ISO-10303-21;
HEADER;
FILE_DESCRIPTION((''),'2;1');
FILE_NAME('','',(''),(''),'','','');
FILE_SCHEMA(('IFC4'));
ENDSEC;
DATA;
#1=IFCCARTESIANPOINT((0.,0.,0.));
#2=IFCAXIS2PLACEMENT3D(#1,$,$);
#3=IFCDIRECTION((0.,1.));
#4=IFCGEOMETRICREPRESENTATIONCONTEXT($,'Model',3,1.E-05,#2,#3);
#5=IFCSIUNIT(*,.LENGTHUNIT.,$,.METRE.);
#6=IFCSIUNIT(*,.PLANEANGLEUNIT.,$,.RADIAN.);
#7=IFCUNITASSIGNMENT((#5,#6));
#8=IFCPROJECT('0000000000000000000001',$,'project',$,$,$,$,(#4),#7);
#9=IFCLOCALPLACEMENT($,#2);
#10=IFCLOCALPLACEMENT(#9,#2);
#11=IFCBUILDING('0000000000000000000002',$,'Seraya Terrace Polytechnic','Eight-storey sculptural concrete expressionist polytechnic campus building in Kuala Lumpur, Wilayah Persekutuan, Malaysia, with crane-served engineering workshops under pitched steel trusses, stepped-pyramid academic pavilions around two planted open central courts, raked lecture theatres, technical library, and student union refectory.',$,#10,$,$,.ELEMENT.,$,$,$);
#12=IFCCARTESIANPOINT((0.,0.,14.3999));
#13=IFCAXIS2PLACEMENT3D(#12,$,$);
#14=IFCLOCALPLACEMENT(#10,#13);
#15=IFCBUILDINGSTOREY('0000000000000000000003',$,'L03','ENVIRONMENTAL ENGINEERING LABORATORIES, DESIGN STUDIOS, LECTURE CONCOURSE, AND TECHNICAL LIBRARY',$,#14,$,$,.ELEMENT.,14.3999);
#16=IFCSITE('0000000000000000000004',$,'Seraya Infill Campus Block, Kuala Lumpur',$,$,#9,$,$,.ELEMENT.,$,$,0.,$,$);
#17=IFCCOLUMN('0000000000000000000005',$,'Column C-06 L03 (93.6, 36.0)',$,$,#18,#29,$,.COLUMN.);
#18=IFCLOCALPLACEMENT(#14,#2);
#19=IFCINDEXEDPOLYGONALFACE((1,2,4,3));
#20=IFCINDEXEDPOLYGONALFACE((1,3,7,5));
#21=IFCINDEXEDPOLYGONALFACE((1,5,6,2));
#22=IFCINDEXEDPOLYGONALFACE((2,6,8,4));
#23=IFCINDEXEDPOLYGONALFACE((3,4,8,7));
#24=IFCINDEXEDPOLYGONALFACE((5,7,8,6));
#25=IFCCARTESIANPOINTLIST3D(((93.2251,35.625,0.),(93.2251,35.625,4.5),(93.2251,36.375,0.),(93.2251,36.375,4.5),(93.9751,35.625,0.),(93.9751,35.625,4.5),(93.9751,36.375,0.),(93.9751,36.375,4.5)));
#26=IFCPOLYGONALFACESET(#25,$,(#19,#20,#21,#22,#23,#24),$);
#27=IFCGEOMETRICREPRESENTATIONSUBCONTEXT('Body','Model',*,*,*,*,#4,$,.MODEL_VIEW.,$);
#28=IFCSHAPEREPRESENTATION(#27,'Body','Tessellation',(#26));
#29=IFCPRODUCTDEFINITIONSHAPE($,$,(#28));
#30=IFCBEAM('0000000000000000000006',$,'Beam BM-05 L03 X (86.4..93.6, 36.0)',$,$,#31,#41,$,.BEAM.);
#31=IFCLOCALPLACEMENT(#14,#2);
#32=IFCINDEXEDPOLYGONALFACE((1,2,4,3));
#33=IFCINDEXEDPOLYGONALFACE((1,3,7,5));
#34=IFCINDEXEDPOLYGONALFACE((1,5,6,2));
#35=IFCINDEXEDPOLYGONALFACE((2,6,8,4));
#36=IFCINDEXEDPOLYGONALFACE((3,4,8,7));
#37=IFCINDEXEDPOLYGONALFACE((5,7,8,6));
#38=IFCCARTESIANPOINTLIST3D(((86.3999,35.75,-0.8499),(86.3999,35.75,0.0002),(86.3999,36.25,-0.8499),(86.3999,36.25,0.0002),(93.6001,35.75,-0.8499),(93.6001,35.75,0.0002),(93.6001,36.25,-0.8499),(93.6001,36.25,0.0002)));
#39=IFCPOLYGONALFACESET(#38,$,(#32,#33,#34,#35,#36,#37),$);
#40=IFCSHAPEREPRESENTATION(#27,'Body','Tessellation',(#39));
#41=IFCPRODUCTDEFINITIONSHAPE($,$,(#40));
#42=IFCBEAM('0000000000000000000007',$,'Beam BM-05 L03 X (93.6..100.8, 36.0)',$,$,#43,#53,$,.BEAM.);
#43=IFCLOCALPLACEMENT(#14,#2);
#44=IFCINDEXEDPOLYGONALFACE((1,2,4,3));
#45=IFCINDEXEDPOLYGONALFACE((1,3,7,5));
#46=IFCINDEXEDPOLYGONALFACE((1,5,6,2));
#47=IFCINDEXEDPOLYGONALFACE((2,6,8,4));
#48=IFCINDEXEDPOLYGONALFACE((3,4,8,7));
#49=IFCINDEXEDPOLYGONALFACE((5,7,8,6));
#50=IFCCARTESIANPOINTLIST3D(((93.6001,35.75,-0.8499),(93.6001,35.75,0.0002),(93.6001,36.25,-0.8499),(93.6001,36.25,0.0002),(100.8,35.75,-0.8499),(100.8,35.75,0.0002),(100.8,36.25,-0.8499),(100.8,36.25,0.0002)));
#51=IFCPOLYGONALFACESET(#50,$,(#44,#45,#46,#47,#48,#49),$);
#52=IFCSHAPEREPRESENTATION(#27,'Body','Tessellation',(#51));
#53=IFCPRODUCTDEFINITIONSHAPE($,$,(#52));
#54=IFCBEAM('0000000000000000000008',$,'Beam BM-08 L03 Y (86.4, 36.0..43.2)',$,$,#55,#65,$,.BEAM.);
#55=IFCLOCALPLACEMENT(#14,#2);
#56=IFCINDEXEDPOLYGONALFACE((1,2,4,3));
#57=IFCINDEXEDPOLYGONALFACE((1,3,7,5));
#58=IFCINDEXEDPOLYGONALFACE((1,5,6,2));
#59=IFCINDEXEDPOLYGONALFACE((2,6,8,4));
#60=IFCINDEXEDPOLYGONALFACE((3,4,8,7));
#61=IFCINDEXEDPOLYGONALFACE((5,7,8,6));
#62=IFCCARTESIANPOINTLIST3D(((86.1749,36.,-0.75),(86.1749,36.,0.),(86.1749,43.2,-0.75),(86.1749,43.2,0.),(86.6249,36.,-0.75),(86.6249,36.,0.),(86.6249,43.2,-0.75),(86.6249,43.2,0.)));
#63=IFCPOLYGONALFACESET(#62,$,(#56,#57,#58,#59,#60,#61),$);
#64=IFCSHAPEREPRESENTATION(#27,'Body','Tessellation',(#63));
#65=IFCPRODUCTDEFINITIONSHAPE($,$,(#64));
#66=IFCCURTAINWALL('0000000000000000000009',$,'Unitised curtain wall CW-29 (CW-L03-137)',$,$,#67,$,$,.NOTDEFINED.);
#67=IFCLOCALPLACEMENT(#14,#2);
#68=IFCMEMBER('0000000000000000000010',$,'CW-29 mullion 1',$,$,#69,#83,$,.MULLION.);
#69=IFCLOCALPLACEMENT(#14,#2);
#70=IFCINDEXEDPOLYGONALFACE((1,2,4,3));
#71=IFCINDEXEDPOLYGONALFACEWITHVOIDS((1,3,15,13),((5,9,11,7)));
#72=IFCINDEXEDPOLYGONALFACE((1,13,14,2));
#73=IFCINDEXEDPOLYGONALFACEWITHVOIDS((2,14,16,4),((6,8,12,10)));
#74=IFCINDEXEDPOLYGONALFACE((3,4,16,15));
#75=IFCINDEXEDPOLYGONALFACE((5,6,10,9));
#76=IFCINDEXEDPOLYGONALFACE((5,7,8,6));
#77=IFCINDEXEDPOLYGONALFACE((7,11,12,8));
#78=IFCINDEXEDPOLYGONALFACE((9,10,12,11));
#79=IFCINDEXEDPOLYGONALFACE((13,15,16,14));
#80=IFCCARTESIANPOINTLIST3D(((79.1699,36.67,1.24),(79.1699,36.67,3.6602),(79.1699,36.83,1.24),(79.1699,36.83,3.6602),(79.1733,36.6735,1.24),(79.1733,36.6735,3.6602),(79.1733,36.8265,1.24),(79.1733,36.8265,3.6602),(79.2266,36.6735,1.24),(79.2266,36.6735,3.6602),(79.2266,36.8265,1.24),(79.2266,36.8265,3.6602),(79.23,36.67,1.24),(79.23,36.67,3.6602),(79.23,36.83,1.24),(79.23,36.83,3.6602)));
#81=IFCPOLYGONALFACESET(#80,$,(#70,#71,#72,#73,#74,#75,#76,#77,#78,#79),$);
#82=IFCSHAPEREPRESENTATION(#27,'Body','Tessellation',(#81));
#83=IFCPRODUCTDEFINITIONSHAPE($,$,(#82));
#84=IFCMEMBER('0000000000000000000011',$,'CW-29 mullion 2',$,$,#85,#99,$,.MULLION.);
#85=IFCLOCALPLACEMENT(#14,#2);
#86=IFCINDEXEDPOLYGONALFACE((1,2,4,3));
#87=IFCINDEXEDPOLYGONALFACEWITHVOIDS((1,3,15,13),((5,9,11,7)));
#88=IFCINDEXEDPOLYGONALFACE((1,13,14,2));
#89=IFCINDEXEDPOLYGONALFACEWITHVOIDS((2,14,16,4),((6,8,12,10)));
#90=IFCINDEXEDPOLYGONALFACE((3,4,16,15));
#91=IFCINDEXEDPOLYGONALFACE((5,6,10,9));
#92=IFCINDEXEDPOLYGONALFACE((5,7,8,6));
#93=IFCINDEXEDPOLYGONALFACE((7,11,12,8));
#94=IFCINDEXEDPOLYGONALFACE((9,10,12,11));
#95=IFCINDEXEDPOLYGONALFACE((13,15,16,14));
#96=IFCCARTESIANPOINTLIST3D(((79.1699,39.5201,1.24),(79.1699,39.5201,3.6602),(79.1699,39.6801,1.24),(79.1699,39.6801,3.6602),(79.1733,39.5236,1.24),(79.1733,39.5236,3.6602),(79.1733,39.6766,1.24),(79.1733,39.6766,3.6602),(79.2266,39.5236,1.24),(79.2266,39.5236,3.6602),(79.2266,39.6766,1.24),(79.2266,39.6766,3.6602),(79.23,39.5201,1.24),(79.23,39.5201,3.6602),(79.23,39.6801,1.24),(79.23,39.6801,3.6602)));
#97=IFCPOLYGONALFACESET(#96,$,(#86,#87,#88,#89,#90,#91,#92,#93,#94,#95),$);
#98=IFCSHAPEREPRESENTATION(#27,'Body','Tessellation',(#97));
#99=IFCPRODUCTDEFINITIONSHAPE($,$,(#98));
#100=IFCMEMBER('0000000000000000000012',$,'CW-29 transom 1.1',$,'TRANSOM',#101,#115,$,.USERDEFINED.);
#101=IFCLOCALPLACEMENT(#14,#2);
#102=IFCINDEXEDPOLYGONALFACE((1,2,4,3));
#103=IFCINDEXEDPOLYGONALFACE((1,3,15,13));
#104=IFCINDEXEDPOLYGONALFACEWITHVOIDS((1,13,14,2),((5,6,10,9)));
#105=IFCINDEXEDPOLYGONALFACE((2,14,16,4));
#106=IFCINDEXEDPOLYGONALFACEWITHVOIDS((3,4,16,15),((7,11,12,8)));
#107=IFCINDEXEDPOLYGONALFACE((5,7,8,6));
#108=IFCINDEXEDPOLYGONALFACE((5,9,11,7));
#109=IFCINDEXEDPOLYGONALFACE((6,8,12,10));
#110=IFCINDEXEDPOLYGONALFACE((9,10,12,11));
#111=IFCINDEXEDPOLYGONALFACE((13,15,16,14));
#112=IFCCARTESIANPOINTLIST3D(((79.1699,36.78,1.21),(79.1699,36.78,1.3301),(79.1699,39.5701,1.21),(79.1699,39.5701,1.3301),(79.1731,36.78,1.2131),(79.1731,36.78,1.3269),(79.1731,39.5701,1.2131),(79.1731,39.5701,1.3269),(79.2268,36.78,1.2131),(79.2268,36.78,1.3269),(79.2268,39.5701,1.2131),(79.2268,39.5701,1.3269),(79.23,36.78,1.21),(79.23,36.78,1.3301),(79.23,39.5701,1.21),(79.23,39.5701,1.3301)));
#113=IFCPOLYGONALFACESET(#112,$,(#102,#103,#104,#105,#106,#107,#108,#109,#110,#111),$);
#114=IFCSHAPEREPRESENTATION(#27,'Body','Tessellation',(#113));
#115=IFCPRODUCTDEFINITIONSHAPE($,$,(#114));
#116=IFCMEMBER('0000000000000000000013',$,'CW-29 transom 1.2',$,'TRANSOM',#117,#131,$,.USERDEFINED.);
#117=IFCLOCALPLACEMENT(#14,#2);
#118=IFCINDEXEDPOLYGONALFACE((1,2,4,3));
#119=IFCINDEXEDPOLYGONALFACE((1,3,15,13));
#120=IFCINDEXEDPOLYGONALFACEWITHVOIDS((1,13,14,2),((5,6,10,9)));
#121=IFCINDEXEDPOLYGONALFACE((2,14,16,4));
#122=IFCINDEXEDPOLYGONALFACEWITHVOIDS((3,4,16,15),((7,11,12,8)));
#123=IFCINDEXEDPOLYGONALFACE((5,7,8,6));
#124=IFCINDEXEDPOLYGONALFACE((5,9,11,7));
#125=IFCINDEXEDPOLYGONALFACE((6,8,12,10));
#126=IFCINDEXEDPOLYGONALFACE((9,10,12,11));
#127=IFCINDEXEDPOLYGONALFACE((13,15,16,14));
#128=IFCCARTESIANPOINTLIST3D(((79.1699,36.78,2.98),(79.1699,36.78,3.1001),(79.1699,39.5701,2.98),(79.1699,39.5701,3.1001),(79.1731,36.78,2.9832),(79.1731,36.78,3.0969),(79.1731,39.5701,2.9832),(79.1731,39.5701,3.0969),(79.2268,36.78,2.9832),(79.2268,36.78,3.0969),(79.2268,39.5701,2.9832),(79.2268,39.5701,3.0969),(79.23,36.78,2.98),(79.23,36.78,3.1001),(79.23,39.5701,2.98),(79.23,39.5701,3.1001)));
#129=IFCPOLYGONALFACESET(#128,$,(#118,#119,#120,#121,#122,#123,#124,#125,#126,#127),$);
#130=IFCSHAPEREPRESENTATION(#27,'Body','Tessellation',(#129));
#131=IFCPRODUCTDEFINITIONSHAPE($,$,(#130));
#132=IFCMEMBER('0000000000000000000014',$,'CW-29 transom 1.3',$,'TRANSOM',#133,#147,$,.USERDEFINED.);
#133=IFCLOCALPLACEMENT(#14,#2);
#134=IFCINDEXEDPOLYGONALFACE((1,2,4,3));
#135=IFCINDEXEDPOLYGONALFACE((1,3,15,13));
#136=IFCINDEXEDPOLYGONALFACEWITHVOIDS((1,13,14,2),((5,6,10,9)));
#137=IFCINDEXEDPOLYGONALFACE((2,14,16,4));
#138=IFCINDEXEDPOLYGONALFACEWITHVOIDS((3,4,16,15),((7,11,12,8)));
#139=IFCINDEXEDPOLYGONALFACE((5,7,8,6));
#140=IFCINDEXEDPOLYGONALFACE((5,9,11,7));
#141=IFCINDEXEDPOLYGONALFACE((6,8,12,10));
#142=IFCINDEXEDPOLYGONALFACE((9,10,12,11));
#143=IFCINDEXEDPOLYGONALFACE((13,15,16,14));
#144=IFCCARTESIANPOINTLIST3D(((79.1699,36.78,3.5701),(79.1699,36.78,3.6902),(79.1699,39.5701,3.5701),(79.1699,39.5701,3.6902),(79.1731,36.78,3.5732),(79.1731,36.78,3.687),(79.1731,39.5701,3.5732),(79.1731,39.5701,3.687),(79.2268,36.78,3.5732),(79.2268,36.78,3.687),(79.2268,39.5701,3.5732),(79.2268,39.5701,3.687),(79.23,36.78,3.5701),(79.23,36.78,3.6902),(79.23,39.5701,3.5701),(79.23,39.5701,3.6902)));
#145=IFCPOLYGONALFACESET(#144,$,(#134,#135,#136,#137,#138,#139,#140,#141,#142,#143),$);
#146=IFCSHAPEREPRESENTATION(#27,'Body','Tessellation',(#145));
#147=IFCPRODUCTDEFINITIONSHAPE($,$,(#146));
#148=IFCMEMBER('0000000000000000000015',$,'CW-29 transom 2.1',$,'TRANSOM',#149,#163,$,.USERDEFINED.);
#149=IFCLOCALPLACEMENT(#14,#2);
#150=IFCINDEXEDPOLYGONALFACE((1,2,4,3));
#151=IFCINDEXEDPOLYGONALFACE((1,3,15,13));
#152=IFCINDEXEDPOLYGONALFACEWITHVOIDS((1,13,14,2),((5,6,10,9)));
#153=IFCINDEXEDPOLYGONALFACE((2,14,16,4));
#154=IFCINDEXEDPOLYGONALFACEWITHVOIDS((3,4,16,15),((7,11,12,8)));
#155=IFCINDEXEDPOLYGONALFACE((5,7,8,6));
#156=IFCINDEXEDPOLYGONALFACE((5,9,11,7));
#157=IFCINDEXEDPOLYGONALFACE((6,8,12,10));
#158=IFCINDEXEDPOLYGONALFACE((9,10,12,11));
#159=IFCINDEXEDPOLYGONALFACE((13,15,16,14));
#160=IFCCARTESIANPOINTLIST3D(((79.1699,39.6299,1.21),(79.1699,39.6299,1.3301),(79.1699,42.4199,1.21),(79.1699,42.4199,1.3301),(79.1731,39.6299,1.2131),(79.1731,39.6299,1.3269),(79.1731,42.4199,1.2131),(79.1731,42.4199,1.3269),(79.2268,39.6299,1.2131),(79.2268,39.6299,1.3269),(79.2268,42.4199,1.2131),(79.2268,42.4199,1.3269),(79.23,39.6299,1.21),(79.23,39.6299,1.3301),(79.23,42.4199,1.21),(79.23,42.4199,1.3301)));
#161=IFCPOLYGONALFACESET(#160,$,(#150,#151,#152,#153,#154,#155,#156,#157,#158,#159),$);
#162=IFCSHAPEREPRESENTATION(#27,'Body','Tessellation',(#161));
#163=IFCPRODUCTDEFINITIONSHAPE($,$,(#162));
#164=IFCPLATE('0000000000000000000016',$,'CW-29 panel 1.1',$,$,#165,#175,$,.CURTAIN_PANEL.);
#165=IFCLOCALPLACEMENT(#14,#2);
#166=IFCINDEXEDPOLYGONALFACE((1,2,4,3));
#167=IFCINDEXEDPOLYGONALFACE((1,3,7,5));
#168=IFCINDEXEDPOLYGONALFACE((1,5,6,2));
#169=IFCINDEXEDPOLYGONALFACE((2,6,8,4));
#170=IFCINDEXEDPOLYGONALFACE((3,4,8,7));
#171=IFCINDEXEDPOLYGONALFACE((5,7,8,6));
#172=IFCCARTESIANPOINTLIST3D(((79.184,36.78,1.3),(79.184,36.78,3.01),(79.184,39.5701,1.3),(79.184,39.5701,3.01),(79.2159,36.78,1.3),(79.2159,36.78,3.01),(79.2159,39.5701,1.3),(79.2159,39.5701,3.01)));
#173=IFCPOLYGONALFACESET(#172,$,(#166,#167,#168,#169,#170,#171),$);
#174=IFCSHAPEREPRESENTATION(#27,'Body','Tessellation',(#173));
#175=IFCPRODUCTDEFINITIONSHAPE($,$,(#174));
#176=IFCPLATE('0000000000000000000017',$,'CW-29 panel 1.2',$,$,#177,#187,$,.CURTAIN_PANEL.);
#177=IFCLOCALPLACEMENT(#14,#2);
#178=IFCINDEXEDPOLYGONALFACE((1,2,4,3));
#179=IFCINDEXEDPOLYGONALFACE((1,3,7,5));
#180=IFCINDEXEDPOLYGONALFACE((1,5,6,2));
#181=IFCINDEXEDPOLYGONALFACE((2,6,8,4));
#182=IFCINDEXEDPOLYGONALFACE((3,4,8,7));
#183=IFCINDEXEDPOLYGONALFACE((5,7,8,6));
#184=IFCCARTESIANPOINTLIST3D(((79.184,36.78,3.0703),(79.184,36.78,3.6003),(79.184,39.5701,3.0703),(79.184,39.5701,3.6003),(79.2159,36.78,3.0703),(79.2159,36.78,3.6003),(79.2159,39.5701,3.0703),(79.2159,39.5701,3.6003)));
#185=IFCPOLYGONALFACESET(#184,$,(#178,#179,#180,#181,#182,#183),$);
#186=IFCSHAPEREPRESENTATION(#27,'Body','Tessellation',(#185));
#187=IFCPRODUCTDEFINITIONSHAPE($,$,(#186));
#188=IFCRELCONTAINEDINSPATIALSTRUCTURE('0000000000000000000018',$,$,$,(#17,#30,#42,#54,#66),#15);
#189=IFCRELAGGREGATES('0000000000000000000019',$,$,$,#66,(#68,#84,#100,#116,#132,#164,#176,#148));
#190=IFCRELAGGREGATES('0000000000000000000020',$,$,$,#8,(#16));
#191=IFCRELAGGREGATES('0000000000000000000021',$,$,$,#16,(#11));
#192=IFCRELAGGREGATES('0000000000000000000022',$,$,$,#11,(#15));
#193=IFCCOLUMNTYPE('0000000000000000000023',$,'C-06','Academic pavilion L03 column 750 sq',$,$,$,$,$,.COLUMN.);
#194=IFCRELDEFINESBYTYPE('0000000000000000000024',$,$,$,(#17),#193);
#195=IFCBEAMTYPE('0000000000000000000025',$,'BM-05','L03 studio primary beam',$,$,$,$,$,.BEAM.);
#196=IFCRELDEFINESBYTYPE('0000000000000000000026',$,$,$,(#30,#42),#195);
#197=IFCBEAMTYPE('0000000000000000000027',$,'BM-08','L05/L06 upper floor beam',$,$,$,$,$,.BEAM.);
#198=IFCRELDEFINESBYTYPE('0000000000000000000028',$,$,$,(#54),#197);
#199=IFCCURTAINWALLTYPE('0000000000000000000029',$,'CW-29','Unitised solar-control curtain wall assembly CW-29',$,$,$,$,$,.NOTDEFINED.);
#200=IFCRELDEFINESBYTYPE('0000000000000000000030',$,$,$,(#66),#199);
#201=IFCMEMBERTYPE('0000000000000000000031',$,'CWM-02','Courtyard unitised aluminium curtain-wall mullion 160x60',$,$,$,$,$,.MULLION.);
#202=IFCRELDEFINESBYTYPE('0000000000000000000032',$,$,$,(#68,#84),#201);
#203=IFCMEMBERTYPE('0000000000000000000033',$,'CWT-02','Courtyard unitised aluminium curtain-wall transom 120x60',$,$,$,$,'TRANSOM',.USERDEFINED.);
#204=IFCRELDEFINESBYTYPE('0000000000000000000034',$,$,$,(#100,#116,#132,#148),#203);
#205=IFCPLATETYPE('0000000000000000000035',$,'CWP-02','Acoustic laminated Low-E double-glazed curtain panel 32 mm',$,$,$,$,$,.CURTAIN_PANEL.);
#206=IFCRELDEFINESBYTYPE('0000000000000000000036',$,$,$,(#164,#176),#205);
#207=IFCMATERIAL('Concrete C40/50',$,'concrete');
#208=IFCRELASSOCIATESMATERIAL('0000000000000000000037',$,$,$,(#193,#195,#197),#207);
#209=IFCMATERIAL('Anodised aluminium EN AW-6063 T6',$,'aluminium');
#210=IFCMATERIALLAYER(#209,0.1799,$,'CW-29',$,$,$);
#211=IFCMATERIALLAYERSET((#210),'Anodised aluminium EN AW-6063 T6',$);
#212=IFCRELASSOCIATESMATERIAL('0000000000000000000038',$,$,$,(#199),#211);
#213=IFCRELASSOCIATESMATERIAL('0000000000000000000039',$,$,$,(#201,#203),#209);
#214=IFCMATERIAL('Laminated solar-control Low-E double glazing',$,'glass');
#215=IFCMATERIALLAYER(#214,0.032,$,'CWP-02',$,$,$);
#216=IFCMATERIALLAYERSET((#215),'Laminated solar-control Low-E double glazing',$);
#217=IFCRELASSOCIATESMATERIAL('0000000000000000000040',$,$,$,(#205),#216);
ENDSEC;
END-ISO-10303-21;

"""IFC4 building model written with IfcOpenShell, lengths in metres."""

from ifc_helpers import new_model, si_unit, direction, frame, origin, origin_2d, place, context, subcontext, project, spatial, rectangle, hollow_rectangle, extrude, material, layer, layer_set, material_profile, profile_set, type_object, element, aggregate, save


model = new_model("IFC4")

# Units and contexts
model_context = context("Model", 3, precision=1e-05, world=origin(), true_north=direction((0.0, 1.0)))
body_context = subcontext(model_context, "Body", "Model", "MODEL_VIEW")
ifc_project = project(units=[si_unit("LENGTHUNIT", "METRE"), si_unit("PLANEANGLEUNIT", "RADIAN")], contexts=[model_context])

# Site, building, storey
site_placement = place(None, origin())
site = spatial("IfcSite", under=ifc_project, at=site_placement, Name="Seraya Infill Campus Block, Kuala Lumpur", CompositionType="ELEMENT", RefElevation=0.0)
building_placement = place(site_placement, origin())
building = spatial("IfcBuilding", under=site, at=building_placement, Name="Seraya Terrace Polytechnic", Description="Eight-storey sculptural concrete expressionist polytechnic campus building in Kuala Lumpur, Wilayah Persekutuan, Malaysia, with crane-served engineering workshops under pitched steel trusses, stepped-pyramid academic pavilions around two planted open central courts, raked lecture theatres, technical library, and student union refectory.", CompositionType="ELEMENT")
storey_placement = place(building_placement, frame((0.0, 0.0, 14.3999)))
storey = spatial("IfcBuildingStorey", under=building, at=storey_placement, Name="L03", Description="ENVIRONMENTAL ENGINEERING LABORATORIES, DESIGN STUDIOS, LECTURE CONCOURSE, AND TECHNICAL LIBRARY", CompositionType="ELEMENT", Elevation=14.3999)

# Column
ifc_material_1 = material(Name="Concrete C40/50", Category="concrete")
ifc_material_profile_1 = material_profile(ifc_material_1, rectangle(XDim=0.75, YDim=0.75, at=origin_2d()), Name="RC 750x750")
ifc_profile_set_1 = profile_set([ifc_material_profile_1], Name="Concrete C40/50")
column_type = type_object("IfcColumnType", Name="C-06", Description="Academic pavilion L03 column 750 sq", PredefinedType="COLUMN", material=ifc_profile_set_1)
column_placement = place(storey_placement, frame((93.6001, 36.0, 0.0), z_axis=(0.0, 0.0, 1.0), x_axis=(1.0, 0.0, 0.0)))
element("IfcColumn", 1, at=column_placement, inside=storey, type_object=column_type, Name="Column C-06 L03 (93.6, 36.0)", PredefinedType="COLUMN", context=body_context, shape_type="SweptSolid", body=[
    extrude(rectangle(XDim=0.75, YDim=0.75, at=origin_2d()), origin(), (0.0, 0.0, 1.0), 4.5),
])

# Beams
ifc_material_profile_2 = material_profile(ifc_material_1, rectangle(XDim=0.5, YDim=0.8501, at=origin_2d()), Name="RC 500x850")
ifc_profile_set_2 = profile_set([ifc_material_profile_2], Name="Concrete C40/50")
beam_type_1 = type_object("IfcBeamType", Name="BM-05", Description="L03 studio primary beam", PredefinedType="BEAM", material=ifc_profile_set_2)
beam_1_placement = place(storey_placement, frame((86.3999, 36.0, -0.4248), z_axis=(1.0, 0.0, 0.0), x_axis=(0.0, 1.0, 0.0)))
element("IfcBeam", 2, at=beam_1_placement, inside=storey, type_object=beam_type_1, Name="Beam BM-05 L03 X (86.4..93.6, 36.0)", PredefinedType="BEAM", context=body_context, shape_type="SweptSolid", body=[
    extrude(rectangle(XDim=0.5, YDim=0.8501, at=origin_2d()), origin(), (0.0, 0.0, 1.0), 7.2002),
])
beam_2_placement = place(storey_placement, frame((93.6001, 36.0, -0.4248), z_axis=(1.0, 0.0, 0.0), x_axis=(0.0, 1.0, 0.0)))
element("IfcBeam", 3, at=beam_2_placement, inside=storey, type_object=beam_type_1, Name="Beam BM-05 L03 X (93.6..100.8, 36.0)", PredefinedType="BEAM", context=body_context, shape_type="SweptSolid", body=[
    extrude(rectangle(XDim=0.5, YDim=0.8501, at=origin_2d()), origin(), (0.0, 0.0, 1.0), 7.2),
])
ifc_material_profile_3 = material_profile(ifc_material_1, rectangle(XDim=0.45, YDim=0.75, at=origin_2d()), Name="RC 450x750")
ifc_profile_set_3 = profile_set([ifc_material_profile_3], Name="Concrete C40/50")
beam_type_2 = type_object("IfcBeamType", Name="BM-08", Description="L05/L06 upper floor beam", PredefinedType="BEAM", material=ifc_profile_set_3)
beam_3_placement = place(storey_placement, frame((86.3999, 36.0, -0.375), z_axis=(0.0, 1.0, 0.0), x_axis=(-1.0, 0.0, 0.0)))
element("IfcBeam", 4, at=beam_3_placement, inside=storey, type_object=beam_type_2, Name="Beam BM-08 L03 Y (86.4, 36.0..43.2)", PredefinedType="BEAM", context=body_context, shape_type="SweptSolid", body=[
    extrude(rectangle(XDim=0.45, YDim=0.75, at=origin_2d()), origin(), (0.0, 0.0, 1.0), 7.2),
])

# Curtain wall, members, plates
ifc_material_2 = material(Name="Anodised aluminium EN AW-6063 T6", Category="aluminium")
ifc_layer_1 = layer(ifc_material_2, 0.1799, Name="CW-29")
ifc_layer_set_1 = layer_set([ifc_layer_1], Name="Anodised aluminium EN AW-6063 T6")
curtain_wall_type = type_object("IfcCurtainWallType", Name="CW-29", Description="Unitised solar-control curtain wall assembly CW-29", PredefinedType="NOTDEFINED", material=ifc_layer_set_1)
curtain_wall_placement = place(storey_placement, origin())
curtain_wall = element("IfcCurtainWall", 5, at=curtain_wall_placement, inside=storey, type_object=curtain_wall_type, Name="Unitised curtain wall CW-29 (CW-L03-137)", PredefinedType="NOTDEFINED")
ifc_material_profile_4 = material_profile(ifc_material_2, hollow_rectangle(XDim=0.0601, YDim=0.1599, WallThickness=0.0034, at=origin_2d()), Name="RHS 160x60x3.5")
ifc_profile_set_4 = profile_set([ifc_material_profile_4], Name="Anodised aluminium EN AW-6063 T6")
member_type_1 = type_object("IfcMemberType", Name="CWM-02", Description="Courtyard unitised aluminium curtain-wall mullion 160x60", PredefinedType="MULLION", material=ifc_profile_set_4)
member_1_placement = place(storey_placement, frame((79.2, 36.75, 1.24), z_axis=(0.0, 0.0, 1.0), x_axis=(-1.0, 0.0, 0.0)))
member_1 = element("IfcMember", 6, at=member_1_placement, type_object=member_type_1, Name="CW-29 mullion 1", PredefinedType="MULLION", context=body_context, shape_type="SweptSolid", body=[
    extrude(hollow_rectangle(XDim=0.0601, YDim=0.1599, WallThickness=0.0034, at=origin_2d()), origin(), (0.0, 0.0, 1.0), 2.4202),
])
member_2_placement = place(storey_placement, frame((79.2, 39.6001, 1.24), z_axis=(0.0, 0.0, 1.0), x_axis=(-1.0, 0.0, 0.0)))
member_2 = element("IfcMember", 7, at=member_2_placement, type_object=member_type_1, Name="CW-29 mullion 2", PredefinedType="MULLION", context=body_context, shape_type="SweptSolid", body=[
    extrude(hollow_rectangle(XDim=0.0601, YDim=0.1599, WallThickness=0.0034, at=origin_2d()), origin(), (0.0, 0.0, 1.0), 2.4202),
])
ifc_material_profile_5 = material_profile(ifc_material_2, hollow_rectangle(XDim=0.0601, YDim=0.1201, WallThickness=0.0032, at=origin_2d()), Name="RHS 120x60x3.2")
ifc_profile_set_5 = profile_set([ifc_material_profile_5], Name="Anodised aluminium EN AW-6063 T6")
member_type_2 = type_object("IfcMemberType", Name="CWT-02", Description="Courtyard unitised aluminium curtain-wall transom 120x60", ElementType="TRANSOM", PredefinedType="USERDEFINED", material=ifc_profile_set_5)
member_3_placement = place(storey_placement, frame((79.2, 36.78, 1.27), z_axis=(0.0, 1.0, 0.0), x_axis=(-1.0, 0.0, 0.0)))
member_3 = element("IfcMember", 8, at=member_3_placement, type_object=member_type_2, Name="CW-29 transom 1.1", ObjectType="TRANSOM", PredefinedType="USERDEFINED", context=body_context, shape_type="SweptSolid", body=[
    extrude(hollow_rectangle(XDim=0.0601, YDim=0.1201, WallThickness=0.0032, at=origin_2d()), origin(), (0.0, 0.0, 1.0), 2.79),
])
member_4_placement = place(storey_placement, frame((79.2, 36.78, 3.04), z_axis=(0.0, 1.0, 0.0), x_axis=(-1.0, 0.0, 0.0)))
member_4 = element("IfcMember", 9, at=member_4_placement, type_object=member_type_2, Name="CW-29 transom 1.2", ObjectType="TRANSOM", PredefinedType="USERDEFINED", context=body_context, shape_type="SweptSolid", body=[
    extrude(hollow_rectangle(XDim=0.0601, YDim=0.1201, WallThickness=0.0032, at=origin_2d()), origin(), (0.0, 0.0, 1.0), 2.79),
])
member_5_placement = place(storey_placement, frame((79.2, 36.78, 3.6301), z_axis=(0.0, 1.0, 0.0), x_axis=(-1.0, 0.0, 0.0)))
member_5 = element("IfcMember", 10, at=member_5_placement, type_object=member_type_2, Name="CW-29 transom 1.3", ObjectType="TRANSOM", PredefinedType="USERDEFINED", context=body_context, shape_type="SweptSolid", body=[
    extrude(hollow_rectangle(XDim=0.0601, YDim=0.1201, WallThickness=0.0032, at=origin_2d()), origin(), (0.0, 0.0, 1.0), 2.79),
])
member_6_placement = place(storey_placement, frame((79.2, 39.6299, 1.27), z_axis=(0.0, 1.0, 0.0), x_axis=(-1.0, 0.0, 0.0)))
member_6 = element("IfcMember", 11, at=member_6_placement, type_object=member_type_2, Name="CW-29 transom 2.1", ObjectType="TRANSOM", PredefinedType="USERDEFINED", context=body_context, shape_type="SweptSolid", body=[
    extrude(hollow_rectangle(XDim=0.0601, YDim=0.1201, WallThickness=0.0032, at=origin_2d()), origin(), (0.0, 0.0, 1.0), 2.79),
])
ifc_material_3 = material(Name="Laminated solar-control Low-E double glazing", Category="glass")
ifc_layer_2 = layer(ifc_material_3, 0.032, Name="CWP-02")
ifc_layer_set_2 = layer_set([ifc_layer_2], Name="Laminated solar-control Low-E double glazing")
plate_type = type_object("IfcPlateType", Name="CWP-02", Description="Acoustic laminated Low-E double-glazed curtain panel 32 mm", PredefinedType="CURTAIN_PANEL", material=ifc_layer_set_2)
plate_1_placement = place(storey_placement, frame((79.2, 38.175, 1.3), z_axis=(0.0, 0.0, 1.0), x_axis=(0.0, 1.0, 0.0)))
plate_1 = element("IfcPlate", 12, at=plate_1_placement, type_object=plate_type, Name="CW-29 panel 1.1", PredefinedType="CURTAIN_PANEL", context=body_context, shape_type="SweptSolid", body=[
    extrude(rectangle(XDim=2.79, YDim=0.032, at=origin_2d()), origin(), (0.0, 0.0, 1.0), 1.71),
])
plate_2_placement = place(storey_placement, frame((79.2, 38.175, 3.0703), z_axis=(0.0, 0.0, 1.0), x_axis=(0.0, 1.0, 0.0)))
plate_2 = element("IfcPlate", 13, at=plate_2_placement, type_object=plate_type, Name="CW-29 panel 1.2", PredefinedType="CURTAIN_PANEL", context=body_context, shape_type="SweptSolid", body=[
    extrude(rectangle(XDim=2.79, YDim=0.032, at=origin_2d()), origin(), (0.0, 0.0, 1.0), 0.53),
])
aggregate(curtain_wall, [member_1, member_2, member_3, member_4, member_5, plate_1, plate_2, member_6])

save(model, "model.ifc")
